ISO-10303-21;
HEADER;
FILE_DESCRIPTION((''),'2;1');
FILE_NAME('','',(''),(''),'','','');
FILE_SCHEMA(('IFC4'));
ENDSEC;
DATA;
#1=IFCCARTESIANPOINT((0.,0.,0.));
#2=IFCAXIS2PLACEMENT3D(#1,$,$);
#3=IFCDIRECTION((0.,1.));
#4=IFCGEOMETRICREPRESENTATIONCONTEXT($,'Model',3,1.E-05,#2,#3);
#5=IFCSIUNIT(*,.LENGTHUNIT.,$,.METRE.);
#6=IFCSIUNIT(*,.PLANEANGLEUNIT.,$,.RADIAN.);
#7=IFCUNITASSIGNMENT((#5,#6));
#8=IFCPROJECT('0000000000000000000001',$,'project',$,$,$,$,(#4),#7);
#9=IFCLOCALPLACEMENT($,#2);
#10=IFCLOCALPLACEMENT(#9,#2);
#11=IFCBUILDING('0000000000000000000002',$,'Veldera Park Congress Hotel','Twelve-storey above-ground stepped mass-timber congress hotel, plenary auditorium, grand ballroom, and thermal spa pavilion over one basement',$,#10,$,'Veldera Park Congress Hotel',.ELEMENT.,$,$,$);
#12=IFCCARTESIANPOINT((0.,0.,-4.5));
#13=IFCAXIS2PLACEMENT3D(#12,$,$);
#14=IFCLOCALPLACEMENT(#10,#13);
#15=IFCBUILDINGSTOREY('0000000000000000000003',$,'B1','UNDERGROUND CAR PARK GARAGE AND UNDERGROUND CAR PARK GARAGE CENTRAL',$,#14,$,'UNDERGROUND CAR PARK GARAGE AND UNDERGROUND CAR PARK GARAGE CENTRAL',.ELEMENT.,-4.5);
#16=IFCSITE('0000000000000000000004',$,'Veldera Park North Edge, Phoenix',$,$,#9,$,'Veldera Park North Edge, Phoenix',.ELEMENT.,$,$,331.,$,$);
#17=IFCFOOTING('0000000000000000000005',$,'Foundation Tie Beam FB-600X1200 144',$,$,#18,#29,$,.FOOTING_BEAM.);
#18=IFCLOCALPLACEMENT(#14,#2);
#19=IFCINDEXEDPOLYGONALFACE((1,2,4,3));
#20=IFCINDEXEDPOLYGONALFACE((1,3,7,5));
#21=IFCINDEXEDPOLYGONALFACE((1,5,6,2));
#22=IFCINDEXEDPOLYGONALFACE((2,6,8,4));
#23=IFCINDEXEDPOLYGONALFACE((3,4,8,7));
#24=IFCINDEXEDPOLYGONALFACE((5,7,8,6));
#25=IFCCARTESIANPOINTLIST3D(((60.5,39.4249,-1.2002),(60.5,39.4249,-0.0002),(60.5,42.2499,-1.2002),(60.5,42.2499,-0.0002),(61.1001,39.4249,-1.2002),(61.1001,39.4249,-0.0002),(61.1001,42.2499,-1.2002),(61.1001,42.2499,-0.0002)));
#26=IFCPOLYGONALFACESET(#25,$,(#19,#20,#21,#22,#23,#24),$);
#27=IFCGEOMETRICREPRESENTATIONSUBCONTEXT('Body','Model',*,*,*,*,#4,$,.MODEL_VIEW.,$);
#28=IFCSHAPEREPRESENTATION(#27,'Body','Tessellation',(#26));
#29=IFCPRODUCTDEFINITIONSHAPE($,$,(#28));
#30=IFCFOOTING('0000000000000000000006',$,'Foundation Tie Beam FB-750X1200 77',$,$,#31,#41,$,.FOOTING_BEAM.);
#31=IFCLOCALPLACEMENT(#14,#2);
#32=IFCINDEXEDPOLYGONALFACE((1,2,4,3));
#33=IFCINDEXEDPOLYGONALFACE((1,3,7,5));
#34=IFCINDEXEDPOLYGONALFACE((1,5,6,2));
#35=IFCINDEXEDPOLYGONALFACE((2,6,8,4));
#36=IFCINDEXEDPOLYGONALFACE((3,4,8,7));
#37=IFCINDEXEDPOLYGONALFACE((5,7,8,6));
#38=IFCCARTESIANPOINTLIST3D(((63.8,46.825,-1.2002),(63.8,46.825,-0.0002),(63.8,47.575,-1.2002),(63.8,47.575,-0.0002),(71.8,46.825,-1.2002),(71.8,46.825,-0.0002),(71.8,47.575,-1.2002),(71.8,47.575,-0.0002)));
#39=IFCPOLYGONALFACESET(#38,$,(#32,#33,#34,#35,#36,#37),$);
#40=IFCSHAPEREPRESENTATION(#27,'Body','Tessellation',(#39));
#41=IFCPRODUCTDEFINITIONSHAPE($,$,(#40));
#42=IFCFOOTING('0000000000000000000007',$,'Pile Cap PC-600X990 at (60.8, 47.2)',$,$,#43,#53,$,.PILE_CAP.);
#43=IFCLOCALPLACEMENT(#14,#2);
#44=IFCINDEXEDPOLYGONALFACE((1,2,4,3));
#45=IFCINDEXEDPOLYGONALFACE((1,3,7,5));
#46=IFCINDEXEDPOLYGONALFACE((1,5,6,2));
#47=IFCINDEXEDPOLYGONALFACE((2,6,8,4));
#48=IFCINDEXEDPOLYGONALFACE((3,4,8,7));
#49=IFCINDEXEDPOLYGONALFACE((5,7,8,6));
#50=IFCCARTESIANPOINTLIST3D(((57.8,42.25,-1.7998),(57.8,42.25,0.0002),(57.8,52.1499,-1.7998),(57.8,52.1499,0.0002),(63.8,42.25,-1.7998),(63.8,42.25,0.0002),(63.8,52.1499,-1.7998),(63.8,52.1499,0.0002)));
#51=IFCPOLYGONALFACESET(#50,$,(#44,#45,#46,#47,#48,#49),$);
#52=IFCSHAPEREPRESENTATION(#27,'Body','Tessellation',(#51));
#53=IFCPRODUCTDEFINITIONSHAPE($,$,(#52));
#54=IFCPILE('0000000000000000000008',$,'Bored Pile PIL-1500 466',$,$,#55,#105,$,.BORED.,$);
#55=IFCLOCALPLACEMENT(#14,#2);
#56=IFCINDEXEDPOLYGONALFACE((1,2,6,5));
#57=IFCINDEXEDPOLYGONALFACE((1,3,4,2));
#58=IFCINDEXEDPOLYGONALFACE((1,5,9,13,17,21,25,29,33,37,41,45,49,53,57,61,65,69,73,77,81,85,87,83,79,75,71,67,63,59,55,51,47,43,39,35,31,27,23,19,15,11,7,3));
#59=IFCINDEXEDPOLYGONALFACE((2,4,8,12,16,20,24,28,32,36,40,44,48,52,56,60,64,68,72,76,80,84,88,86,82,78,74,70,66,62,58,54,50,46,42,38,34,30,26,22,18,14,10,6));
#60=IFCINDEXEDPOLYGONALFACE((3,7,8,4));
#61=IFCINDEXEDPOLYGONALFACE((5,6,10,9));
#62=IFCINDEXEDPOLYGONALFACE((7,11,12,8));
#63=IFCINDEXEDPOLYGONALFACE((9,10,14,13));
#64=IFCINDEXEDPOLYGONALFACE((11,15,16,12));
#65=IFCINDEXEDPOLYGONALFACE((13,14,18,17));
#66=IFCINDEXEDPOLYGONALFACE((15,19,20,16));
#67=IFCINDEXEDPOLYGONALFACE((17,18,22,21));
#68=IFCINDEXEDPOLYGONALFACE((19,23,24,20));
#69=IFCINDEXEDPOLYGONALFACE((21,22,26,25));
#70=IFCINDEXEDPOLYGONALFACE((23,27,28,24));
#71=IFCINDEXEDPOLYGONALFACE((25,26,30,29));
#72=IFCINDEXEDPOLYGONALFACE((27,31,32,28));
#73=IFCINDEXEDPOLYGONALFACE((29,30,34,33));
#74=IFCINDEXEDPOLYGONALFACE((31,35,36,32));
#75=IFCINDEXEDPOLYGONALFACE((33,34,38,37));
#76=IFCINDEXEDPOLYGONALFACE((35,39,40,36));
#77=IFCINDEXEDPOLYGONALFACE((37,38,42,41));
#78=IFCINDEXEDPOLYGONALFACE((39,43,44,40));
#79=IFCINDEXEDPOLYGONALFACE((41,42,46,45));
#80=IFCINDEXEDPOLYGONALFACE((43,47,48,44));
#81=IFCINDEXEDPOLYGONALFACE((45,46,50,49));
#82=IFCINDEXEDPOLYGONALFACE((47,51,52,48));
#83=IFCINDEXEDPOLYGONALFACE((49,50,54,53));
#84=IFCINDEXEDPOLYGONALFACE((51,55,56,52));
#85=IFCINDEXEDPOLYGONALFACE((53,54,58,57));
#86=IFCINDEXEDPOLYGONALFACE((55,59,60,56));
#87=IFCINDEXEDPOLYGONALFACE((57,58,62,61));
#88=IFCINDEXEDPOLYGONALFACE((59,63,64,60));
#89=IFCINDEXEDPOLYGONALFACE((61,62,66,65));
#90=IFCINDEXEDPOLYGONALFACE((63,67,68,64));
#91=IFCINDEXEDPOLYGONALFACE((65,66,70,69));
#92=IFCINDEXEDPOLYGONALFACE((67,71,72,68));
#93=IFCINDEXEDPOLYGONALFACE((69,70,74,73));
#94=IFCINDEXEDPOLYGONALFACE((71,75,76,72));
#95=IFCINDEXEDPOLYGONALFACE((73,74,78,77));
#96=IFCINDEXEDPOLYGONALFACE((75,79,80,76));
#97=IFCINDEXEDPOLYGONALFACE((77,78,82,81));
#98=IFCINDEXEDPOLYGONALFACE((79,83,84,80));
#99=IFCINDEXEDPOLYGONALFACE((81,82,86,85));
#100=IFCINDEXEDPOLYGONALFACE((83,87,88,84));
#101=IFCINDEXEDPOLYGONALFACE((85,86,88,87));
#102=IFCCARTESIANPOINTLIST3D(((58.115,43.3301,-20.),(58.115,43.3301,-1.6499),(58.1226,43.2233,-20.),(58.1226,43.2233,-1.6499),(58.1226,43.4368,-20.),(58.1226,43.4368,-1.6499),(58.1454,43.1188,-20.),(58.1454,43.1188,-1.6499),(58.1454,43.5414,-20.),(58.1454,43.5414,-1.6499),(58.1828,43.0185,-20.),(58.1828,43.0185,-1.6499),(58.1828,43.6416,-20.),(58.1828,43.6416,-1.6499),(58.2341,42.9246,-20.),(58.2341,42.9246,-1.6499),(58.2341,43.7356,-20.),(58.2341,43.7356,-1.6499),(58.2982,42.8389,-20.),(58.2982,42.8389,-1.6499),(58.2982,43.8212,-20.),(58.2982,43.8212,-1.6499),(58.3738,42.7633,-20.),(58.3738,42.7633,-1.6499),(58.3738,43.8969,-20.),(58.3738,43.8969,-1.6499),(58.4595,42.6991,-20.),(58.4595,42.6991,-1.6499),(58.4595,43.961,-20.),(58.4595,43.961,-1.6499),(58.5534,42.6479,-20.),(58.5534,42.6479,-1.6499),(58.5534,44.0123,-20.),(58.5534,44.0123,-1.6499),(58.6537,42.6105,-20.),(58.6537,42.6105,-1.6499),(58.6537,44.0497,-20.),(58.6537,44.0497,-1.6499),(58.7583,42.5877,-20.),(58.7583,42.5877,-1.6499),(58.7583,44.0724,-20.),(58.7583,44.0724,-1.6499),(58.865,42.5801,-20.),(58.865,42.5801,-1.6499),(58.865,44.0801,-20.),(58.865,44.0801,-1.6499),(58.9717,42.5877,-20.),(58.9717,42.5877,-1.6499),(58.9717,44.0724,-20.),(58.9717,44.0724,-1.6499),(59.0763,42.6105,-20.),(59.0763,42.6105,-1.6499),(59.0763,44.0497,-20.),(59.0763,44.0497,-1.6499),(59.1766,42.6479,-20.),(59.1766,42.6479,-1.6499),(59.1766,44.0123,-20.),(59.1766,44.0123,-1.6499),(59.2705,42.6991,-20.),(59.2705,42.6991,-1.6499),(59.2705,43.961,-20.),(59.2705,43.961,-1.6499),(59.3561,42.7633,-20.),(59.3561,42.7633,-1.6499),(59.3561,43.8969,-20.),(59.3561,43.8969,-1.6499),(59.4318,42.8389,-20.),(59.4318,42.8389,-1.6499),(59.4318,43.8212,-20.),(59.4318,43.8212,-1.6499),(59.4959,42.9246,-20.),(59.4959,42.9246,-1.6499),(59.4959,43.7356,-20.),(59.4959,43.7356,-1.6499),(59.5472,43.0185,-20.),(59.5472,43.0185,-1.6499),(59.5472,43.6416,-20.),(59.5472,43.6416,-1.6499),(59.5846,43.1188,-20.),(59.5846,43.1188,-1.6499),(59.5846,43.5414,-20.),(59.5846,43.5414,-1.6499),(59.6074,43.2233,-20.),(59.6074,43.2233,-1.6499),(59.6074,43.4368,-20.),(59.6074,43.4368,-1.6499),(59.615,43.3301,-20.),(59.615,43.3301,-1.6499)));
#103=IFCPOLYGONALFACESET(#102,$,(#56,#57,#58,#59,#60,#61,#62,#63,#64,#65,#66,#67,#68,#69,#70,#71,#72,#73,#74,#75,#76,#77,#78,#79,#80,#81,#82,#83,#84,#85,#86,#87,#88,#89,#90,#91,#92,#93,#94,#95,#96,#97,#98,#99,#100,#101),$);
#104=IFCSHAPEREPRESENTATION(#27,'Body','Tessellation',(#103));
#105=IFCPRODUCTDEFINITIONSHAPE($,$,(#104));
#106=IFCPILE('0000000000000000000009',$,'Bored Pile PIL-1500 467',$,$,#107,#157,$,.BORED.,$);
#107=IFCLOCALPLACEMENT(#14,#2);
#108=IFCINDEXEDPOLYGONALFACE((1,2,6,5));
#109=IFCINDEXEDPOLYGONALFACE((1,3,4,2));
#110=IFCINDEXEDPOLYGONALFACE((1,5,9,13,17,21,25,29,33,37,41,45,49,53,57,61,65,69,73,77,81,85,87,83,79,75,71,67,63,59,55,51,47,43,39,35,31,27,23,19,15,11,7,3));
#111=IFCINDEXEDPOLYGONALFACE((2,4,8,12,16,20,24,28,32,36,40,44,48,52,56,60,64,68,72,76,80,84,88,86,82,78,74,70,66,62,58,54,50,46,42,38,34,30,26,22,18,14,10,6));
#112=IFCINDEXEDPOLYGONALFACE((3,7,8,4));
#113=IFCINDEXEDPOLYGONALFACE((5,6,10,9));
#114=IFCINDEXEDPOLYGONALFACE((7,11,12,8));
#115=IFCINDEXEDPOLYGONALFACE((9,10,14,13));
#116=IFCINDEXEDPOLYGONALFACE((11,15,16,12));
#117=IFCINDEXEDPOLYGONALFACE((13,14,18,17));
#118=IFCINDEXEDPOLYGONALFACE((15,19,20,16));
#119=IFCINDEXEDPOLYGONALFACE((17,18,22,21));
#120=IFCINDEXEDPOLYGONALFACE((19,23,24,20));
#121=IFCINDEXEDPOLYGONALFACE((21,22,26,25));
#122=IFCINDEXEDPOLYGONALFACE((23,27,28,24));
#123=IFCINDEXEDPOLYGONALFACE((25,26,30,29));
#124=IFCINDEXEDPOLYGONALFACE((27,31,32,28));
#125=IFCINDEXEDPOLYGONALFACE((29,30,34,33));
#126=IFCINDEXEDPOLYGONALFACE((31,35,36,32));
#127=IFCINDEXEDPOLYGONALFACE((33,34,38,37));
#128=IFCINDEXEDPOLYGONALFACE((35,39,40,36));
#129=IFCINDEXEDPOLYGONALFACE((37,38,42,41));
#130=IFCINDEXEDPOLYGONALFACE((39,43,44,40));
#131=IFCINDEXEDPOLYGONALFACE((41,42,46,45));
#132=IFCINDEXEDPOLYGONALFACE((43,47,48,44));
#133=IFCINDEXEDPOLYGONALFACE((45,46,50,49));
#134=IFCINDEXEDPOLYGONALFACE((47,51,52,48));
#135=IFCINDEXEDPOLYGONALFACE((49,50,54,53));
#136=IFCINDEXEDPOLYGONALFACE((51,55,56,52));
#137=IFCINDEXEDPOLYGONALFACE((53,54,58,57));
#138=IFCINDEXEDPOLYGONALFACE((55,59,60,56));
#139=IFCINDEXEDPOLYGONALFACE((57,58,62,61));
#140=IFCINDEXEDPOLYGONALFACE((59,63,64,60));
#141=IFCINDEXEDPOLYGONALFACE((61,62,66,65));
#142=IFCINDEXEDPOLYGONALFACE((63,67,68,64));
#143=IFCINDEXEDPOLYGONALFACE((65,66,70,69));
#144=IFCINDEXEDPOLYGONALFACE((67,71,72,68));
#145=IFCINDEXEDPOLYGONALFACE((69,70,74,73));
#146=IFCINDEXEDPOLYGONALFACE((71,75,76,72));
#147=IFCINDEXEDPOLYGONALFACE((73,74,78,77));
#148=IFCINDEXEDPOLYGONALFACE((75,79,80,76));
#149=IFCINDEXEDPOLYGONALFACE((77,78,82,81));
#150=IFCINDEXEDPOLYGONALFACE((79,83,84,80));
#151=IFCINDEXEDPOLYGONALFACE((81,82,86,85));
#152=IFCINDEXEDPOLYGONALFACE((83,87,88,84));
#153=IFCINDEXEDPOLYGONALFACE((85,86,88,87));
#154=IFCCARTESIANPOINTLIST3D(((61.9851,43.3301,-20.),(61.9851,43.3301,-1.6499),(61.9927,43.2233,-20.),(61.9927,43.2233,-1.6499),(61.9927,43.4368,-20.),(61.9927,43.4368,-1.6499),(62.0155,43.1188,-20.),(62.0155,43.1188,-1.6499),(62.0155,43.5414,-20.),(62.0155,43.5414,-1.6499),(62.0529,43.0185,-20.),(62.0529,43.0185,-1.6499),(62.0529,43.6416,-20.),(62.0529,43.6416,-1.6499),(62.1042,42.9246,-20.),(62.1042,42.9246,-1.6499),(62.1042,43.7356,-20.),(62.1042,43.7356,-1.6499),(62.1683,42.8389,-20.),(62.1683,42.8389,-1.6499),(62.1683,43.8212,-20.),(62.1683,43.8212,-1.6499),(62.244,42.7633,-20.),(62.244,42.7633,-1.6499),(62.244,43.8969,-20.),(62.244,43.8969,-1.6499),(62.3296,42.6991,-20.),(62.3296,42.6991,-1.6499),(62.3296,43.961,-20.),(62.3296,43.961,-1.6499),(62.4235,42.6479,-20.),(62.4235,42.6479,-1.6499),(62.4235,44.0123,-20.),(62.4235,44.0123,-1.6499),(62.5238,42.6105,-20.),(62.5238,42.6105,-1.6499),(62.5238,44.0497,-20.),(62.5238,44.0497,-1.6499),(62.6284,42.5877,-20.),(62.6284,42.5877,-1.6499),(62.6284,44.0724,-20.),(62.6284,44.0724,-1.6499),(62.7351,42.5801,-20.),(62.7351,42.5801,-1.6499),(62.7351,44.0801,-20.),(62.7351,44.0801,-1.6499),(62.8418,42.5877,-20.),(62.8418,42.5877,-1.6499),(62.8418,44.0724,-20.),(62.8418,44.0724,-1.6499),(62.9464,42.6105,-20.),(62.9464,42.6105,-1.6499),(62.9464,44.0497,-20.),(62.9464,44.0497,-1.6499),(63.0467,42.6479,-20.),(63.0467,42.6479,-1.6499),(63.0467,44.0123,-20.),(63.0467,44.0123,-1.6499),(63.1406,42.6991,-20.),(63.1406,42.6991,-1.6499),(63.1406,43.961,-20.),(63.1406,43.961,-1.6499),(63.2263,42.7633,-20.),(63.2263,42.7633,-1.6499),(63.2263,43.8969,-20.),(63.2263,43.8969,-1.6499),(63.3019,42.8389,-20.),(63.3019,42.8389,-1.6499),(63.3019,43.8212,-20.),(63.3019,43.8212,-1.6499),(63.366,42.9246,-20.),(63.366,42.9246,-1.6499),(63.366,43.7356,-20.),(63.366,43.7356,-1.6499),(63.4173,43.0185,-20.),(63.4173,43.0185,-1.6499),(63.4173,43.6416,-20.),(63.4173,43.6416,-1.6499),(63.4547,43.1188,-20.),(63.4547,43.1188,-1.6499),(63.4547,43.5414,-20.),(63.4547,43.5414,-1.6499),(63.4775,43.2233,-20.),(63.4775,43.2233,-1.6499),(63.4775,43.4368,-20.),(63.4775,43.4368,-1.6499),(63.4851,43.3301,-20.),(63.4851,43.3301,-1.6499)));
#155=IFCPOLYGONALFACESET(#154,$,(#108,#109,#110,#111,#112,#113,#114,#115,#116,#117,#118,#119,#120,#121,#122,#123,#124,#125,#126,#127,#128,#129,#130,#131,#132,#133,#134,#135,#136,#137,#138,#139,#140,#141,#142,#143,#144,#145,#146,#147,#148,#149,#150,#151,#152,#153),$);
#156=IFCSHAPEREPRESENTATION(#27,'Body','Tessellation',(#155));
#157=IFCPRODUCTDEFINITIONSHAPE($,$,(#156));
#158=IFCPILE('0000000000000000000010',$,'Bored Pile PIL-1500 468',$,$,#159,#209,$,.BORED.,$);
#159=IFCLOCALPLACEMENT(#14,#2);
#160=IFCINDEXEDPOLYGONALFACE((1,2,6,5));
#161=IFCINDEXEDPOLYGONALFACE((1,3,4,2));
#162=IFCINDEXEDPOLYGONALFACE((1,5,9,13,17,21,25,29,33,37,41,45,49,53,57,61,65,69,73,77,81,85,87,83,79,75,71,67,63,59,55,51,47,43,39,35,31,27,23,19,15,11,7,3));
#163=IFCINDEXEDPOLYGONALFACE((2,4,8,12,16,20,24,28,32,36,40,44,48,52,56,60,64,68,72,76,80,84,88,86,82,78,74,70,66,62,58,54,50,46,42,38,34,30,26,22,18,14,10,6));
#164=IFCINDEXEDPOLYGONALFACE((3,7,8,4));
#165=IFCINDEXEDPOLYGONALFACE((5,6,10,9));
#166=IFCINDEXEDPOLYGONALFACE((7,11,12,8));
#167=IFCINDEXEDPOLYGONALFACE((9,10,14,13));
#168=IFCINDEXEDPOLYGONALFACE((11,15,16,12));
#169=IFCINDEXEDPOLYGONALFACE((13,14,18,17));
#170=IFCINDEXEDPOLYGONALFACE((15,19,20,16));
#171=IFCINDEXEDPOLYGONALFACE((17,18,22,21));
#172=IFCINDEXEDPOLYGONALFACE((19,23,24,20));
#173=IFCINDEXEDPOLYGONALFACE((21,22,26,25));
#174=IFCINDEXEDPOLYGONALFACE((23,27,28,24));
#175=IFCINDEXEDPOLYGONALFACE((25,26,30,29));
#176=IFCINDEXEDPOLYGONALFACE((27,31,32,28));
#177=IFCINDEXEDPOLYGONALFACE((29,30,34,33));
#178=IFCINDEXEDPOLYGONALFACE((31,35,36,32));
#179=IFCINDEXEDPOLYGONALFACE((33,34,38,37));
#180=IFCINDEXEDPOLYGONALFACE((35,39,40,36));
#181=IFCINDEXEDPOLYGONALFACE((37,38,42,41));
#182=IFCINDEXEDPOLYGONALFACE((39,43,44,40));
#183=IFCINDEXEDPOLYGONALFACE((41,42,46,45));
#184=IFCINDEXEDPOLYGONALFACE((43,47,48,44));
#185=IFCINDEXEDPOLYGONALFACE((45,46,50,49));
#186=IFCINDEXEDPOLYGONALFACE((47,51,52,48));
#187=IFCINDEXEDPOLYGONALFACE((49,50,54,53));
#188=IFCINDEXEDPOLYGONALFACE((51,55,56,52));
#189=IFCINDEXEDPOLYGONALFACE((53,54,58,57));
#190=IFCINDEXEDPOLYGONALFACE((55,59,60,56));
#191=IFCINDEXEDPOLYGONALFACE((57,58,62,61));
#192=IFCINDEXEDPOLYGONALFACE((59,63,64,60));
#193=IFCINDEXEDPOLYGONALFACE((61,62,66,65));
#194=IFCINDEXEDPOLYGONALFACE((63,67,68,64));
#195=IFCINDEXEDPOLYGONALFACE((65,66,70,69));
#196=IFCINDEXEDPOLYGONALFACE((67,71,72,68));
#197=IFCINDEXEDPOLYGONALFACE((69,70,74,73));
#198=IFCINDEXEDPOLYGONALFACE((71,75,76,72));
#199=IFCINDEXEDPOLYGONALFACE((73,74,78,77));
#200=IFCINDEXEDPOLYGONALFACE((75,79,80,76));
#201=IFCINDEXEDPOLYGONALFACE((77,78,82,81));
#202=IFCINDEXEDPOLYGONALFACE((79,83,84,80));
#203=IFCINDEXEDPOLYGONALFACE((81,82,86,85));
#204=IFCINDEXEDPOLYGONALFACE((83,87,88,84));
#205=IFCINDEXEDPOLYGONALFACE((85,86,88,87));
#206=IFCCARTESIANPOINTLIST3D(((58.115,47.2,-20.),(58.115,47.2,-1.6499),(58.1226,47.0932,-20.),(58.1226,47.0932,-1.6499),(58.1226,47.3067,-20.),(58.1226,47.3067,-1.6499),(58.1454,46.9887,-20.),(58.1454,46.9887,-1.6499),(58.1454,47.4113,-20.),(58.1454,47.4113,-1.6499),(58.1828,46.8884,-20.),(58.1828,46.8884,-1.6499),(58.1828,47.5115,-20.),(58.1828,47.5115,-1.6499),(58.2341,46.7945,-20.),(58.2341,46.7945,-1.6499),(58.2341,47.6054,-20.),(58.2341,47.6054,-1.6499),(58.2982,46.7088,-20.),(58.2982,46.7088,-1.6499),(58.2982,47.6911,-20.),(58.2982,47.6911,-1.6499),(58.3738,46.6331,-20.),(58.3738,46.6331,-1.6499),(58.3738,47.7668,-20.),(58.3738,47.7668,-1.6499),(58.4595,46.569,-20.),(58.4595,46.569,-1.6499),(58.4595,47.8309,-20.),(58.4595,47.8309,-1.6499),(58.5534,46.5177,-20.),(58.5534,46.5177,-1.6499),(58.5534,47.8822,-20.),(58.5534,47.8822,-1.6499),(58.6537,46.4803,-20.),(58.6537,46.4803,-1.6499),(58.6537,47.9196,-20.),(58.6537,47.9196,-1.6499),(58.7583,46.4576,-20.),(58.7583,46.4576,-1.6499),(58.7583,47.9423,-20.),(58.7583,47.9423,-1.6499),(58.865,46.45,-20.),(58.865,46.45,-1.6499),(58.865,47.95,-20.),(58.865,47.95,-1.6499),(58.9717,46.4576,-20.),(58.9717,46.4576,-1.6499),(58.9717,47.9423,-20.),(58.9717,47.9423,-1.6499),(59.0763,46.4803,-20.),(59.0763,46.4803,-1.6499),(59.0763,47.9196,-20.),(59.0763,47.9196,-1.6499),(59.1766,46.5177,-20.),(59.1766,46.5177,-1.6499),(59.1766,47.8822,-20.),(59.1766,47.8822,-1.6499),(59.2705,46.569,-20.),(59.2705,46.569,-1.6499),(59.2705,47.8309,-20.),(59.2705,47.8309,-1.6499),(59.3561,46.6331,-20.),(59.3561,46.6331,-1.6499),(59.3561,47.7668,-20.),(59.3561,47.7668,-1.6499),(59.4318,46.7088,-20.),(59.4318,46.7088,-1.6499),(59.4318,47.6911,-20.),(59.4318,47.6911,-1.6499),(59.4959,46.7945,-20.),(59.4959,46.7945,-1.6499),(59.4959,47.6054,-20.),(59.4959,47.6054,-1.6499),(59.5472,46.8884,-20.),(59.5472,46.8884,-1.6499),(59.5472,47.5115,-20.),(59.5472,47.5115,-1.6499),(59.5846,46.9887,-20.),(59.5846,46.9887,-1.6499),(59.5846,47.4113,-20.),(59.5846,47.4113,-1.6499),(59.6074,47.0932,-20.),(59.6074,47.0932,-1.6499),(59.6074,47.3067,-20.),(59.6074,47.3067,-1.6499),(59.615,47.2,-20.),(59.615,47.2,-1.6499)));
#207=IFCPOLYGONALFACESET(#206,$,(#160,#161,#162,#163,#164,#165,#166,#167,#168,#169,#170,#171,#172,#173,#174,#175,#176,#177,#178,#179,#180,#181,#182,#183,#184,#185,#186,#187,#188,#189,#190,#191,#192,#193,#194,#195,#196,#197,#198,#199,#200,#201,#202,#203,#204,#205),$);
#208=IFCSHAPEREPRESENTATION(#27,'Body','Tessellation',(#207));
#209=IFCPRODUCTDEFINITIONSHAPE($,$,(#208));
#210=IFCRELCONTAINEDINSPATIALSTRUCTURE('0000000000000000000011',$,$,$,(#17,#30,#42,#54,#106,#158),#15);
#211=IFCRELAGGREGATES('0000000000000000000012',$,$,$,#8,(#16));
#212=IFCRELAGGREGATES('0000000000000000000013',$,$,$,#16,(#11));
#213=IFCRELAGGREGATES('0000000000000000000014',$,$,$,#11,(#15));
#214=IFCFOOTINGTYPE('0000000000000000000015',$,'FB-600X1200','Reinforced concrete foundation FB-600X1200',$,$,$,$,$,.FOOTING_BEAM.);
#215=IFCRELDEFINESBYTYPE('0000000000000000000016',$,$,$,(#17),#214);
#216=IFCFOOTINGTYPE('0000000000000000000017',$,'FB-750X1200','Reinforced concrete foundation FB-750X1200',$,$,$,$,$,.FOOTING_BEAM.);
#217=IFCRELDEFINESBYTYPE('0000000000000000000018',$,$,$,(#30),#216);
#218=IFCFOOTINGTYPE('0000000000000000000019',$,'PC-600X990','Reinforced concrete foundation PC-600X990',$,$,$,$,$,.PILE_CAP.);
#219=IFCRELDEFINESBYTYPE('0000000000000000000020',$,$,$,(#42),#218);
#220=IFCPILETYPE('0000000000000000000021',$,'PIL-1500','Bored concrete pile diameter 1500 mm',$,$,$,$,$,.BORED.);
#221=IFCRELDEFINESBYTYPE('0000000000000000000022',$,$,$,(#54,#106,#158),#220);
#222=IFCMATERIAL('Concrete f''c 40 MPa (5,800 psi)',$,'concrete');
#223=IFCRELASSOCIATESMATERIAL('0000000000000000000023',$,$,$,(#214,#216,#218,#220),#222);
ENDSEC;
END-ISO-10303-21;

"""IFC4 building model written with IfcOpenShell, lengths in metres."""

from ifc_helpers import new_model, si_unit, direction, frame, origin, origin_2d, place, context, subcontext, project, spatial, rectangle, circle, extrude, material, material_profile, profile_set, type_object, element, save


model = new_model("IFC4")

# Units and contexts
model_context = context("Model", 3, precision=1e-05, world=origin(), true_north=direction((0.0, 1.0)))
body_context = subcontext(model_context, "Body", "Model", "MODEL_VIEW")
ifc_project = project(units=[si_unit("LENGTHUNIT", "METRE"), si_unit("PLANEANGLEUNIT", "RADIAN")], contexts=[model_context])

# Site, building, storey
site_placement = place(None, origin())
site = spatial("IfcSite", under=ifc_project, at=site_placement, Name="Veldera Park North Edge, Phoenix", LongName="Veldera Park North Edge, Phoenix", CompositionType="ELEMENT", RefElevation=331.0)
building_placement = place(site_placement, origin())
building = spatial("IfcBuilding", under=site, at=building_placement, Name="Veldera Park Congress Hotel", Description="Twelve-storey above-ground stepped mass-timber congress hotel, plenary auditorium, grand ballroom, and thermal spa pavilion over one basement", LongName="Veldera Park Congress Hotel", CompositionType="ELEMENT")
storey_placement = place(building_placement, frame((0.0, 0.0, -4.5)))
storey = spatial("IfcBuildingStorey", under=building, at=storey_placement, Name="B1", Description="UNDERGROUND CAR PARK GARAGE AND UNDERGROUND CAR PARK GARAGE CENTRAL", LongName="UNDERGROUND CAR PARK GARAGE AND UNDERGROUND CAR PARK GARAGE CENTRAL", CompositionType="ELEMENT", Elevation=-4.5)

# Footings
ifc_material_1 = material(Name="Concrete f'c 40 MPa (5,800 psi)", Category="concrete")
footing_type_1 = type_object("IfcFootingType", Name="FB-600X1200", Description="Reinforced concrete foundation FB-600X1200", PredefinedType="FOOTING_BEAM", material=ifc_material_1)
footing_1_placement = place(storey_placement, frame((60.8, 40.8374, -1.2002), z_axis=(0.0, 0.0, 1.0), x_axis=(0.0, 1.0, 0.0)))
element("IfcFooting", 1, at=footing_1_placement, inside=storey, type_object=footing_type_1, Name="Foundation Tie Beam FB-600X1200 144", PredefinedType="FOOTING_BEAM", context=body_context, shape_type="SweptSolid", body=[
    extrude(rectangle(XDim=2.825, YDim=0.6001, at=origin_2d()), origin(), (0.0, 0.0, 1.0), 1.2),
])
footing_type_2 = type_object("IfcFootingType", Name="FB-750X1200", Description="Reinforced concrete foundation FB-750X1200", PredefinedType="FOOTING_BEAM", material=ifc_material_1)
footing_2_placement = place(storey_placement, frame((67.8, 47.2, -1.2002), z_axis=(0.0, 0.0, 1.0), x_axis=(1.0, 0.0, 0.0)))
element("IfcFooting", 2, at=footing_2_placement, inside=storey, type_object=footing_type_2, Name="Foundation Tie Beam FB-750X1200 77", PredefinedType="FOOTING_BEAM", context=body_context, shape_type="SweptSolid", body=[
    extrude(rectangle(XDim=8.0, YDim=0.75, at=origin_2d()), origin(), (0.0, 0.0, 1.0), 1.2),
])
footing_type_3 = type_object("IfcFootingType", Name="PC-600X990", Description="Reinforced concrete foundation PC-600X990", PredefinedType="PILE_CAP", material=ifc_material_1)
footing_3_placement = place(storey_placement, frame((60.8, 47.2, -1.7998), z_axis=(0.0, 0.0, 1.0), x_axis=(1.0, 0.0, 0.0)))
element("IfcFooting", 3, at=footing_3_placement, inside=storey, type_object=footing_type_3, Name="Pile Cap PC-600X990 at (60.8, 47.2)", PredefinedType="PILE_CAP", context=body_context, shape_type="SweptSolid", body=[
    extrude(rectangle(XDim=6.0, YDim=9.8999, at=origin_2d()), origin(), (0.0, 0.0, 1.0), 1.8),
])

# Piles
ifc_material_profile_1 = material_profile(ifc_material_1, circle(Radius=0.75, at=origin_2d()), Name="PILE D1500")
ifc_profile_set_1 = profile_set([ifc_material_profile_1], Name="Concrete f'c 40 MPa (5,800 psi)")
pile_type = type_object("IfcPileType", Name="PIL-1500", Description="Bored concrete pile diameter 1500 mm", PredefinedType="BORED", material=ifc_profile_set_1)
for number, where, z_axis, x_axis, name in (
    (4, (58.865, 43.3301, -1.6499), (0.0, 0.0, -1.0), (1.0, 0.0, 0.0), "Bored Pile PIL-1500 466"),
    (5, (62.7351, 43.3301, -1.6499), (0.0, 0.0, -1.0), (1.0, 0.0, 0.0), "Bored Pile PIL-1500 467"),
    (6, (58.865, 47.2, -1.6499), (0.0, 0.0, -1.0), (1.0, 0.0, 0.0), "Bored Pile PIL-1500 468"),
):
    element("IfcPile", number, at=place(storey_placement, frame(where, z_axis=z_axis, x_axis=x_axis)), inside=storey, type_object=pile_type, Name=name, PredefinedType="BORED", context=body_context, shape_type="SweptSolid", body=[
        extrude(circle(Radius=0.75, at=origin_2d()), origin(), (0.0, 0.0, 1.0), 18.3501),
    ])

save(model, "model.ifc")
